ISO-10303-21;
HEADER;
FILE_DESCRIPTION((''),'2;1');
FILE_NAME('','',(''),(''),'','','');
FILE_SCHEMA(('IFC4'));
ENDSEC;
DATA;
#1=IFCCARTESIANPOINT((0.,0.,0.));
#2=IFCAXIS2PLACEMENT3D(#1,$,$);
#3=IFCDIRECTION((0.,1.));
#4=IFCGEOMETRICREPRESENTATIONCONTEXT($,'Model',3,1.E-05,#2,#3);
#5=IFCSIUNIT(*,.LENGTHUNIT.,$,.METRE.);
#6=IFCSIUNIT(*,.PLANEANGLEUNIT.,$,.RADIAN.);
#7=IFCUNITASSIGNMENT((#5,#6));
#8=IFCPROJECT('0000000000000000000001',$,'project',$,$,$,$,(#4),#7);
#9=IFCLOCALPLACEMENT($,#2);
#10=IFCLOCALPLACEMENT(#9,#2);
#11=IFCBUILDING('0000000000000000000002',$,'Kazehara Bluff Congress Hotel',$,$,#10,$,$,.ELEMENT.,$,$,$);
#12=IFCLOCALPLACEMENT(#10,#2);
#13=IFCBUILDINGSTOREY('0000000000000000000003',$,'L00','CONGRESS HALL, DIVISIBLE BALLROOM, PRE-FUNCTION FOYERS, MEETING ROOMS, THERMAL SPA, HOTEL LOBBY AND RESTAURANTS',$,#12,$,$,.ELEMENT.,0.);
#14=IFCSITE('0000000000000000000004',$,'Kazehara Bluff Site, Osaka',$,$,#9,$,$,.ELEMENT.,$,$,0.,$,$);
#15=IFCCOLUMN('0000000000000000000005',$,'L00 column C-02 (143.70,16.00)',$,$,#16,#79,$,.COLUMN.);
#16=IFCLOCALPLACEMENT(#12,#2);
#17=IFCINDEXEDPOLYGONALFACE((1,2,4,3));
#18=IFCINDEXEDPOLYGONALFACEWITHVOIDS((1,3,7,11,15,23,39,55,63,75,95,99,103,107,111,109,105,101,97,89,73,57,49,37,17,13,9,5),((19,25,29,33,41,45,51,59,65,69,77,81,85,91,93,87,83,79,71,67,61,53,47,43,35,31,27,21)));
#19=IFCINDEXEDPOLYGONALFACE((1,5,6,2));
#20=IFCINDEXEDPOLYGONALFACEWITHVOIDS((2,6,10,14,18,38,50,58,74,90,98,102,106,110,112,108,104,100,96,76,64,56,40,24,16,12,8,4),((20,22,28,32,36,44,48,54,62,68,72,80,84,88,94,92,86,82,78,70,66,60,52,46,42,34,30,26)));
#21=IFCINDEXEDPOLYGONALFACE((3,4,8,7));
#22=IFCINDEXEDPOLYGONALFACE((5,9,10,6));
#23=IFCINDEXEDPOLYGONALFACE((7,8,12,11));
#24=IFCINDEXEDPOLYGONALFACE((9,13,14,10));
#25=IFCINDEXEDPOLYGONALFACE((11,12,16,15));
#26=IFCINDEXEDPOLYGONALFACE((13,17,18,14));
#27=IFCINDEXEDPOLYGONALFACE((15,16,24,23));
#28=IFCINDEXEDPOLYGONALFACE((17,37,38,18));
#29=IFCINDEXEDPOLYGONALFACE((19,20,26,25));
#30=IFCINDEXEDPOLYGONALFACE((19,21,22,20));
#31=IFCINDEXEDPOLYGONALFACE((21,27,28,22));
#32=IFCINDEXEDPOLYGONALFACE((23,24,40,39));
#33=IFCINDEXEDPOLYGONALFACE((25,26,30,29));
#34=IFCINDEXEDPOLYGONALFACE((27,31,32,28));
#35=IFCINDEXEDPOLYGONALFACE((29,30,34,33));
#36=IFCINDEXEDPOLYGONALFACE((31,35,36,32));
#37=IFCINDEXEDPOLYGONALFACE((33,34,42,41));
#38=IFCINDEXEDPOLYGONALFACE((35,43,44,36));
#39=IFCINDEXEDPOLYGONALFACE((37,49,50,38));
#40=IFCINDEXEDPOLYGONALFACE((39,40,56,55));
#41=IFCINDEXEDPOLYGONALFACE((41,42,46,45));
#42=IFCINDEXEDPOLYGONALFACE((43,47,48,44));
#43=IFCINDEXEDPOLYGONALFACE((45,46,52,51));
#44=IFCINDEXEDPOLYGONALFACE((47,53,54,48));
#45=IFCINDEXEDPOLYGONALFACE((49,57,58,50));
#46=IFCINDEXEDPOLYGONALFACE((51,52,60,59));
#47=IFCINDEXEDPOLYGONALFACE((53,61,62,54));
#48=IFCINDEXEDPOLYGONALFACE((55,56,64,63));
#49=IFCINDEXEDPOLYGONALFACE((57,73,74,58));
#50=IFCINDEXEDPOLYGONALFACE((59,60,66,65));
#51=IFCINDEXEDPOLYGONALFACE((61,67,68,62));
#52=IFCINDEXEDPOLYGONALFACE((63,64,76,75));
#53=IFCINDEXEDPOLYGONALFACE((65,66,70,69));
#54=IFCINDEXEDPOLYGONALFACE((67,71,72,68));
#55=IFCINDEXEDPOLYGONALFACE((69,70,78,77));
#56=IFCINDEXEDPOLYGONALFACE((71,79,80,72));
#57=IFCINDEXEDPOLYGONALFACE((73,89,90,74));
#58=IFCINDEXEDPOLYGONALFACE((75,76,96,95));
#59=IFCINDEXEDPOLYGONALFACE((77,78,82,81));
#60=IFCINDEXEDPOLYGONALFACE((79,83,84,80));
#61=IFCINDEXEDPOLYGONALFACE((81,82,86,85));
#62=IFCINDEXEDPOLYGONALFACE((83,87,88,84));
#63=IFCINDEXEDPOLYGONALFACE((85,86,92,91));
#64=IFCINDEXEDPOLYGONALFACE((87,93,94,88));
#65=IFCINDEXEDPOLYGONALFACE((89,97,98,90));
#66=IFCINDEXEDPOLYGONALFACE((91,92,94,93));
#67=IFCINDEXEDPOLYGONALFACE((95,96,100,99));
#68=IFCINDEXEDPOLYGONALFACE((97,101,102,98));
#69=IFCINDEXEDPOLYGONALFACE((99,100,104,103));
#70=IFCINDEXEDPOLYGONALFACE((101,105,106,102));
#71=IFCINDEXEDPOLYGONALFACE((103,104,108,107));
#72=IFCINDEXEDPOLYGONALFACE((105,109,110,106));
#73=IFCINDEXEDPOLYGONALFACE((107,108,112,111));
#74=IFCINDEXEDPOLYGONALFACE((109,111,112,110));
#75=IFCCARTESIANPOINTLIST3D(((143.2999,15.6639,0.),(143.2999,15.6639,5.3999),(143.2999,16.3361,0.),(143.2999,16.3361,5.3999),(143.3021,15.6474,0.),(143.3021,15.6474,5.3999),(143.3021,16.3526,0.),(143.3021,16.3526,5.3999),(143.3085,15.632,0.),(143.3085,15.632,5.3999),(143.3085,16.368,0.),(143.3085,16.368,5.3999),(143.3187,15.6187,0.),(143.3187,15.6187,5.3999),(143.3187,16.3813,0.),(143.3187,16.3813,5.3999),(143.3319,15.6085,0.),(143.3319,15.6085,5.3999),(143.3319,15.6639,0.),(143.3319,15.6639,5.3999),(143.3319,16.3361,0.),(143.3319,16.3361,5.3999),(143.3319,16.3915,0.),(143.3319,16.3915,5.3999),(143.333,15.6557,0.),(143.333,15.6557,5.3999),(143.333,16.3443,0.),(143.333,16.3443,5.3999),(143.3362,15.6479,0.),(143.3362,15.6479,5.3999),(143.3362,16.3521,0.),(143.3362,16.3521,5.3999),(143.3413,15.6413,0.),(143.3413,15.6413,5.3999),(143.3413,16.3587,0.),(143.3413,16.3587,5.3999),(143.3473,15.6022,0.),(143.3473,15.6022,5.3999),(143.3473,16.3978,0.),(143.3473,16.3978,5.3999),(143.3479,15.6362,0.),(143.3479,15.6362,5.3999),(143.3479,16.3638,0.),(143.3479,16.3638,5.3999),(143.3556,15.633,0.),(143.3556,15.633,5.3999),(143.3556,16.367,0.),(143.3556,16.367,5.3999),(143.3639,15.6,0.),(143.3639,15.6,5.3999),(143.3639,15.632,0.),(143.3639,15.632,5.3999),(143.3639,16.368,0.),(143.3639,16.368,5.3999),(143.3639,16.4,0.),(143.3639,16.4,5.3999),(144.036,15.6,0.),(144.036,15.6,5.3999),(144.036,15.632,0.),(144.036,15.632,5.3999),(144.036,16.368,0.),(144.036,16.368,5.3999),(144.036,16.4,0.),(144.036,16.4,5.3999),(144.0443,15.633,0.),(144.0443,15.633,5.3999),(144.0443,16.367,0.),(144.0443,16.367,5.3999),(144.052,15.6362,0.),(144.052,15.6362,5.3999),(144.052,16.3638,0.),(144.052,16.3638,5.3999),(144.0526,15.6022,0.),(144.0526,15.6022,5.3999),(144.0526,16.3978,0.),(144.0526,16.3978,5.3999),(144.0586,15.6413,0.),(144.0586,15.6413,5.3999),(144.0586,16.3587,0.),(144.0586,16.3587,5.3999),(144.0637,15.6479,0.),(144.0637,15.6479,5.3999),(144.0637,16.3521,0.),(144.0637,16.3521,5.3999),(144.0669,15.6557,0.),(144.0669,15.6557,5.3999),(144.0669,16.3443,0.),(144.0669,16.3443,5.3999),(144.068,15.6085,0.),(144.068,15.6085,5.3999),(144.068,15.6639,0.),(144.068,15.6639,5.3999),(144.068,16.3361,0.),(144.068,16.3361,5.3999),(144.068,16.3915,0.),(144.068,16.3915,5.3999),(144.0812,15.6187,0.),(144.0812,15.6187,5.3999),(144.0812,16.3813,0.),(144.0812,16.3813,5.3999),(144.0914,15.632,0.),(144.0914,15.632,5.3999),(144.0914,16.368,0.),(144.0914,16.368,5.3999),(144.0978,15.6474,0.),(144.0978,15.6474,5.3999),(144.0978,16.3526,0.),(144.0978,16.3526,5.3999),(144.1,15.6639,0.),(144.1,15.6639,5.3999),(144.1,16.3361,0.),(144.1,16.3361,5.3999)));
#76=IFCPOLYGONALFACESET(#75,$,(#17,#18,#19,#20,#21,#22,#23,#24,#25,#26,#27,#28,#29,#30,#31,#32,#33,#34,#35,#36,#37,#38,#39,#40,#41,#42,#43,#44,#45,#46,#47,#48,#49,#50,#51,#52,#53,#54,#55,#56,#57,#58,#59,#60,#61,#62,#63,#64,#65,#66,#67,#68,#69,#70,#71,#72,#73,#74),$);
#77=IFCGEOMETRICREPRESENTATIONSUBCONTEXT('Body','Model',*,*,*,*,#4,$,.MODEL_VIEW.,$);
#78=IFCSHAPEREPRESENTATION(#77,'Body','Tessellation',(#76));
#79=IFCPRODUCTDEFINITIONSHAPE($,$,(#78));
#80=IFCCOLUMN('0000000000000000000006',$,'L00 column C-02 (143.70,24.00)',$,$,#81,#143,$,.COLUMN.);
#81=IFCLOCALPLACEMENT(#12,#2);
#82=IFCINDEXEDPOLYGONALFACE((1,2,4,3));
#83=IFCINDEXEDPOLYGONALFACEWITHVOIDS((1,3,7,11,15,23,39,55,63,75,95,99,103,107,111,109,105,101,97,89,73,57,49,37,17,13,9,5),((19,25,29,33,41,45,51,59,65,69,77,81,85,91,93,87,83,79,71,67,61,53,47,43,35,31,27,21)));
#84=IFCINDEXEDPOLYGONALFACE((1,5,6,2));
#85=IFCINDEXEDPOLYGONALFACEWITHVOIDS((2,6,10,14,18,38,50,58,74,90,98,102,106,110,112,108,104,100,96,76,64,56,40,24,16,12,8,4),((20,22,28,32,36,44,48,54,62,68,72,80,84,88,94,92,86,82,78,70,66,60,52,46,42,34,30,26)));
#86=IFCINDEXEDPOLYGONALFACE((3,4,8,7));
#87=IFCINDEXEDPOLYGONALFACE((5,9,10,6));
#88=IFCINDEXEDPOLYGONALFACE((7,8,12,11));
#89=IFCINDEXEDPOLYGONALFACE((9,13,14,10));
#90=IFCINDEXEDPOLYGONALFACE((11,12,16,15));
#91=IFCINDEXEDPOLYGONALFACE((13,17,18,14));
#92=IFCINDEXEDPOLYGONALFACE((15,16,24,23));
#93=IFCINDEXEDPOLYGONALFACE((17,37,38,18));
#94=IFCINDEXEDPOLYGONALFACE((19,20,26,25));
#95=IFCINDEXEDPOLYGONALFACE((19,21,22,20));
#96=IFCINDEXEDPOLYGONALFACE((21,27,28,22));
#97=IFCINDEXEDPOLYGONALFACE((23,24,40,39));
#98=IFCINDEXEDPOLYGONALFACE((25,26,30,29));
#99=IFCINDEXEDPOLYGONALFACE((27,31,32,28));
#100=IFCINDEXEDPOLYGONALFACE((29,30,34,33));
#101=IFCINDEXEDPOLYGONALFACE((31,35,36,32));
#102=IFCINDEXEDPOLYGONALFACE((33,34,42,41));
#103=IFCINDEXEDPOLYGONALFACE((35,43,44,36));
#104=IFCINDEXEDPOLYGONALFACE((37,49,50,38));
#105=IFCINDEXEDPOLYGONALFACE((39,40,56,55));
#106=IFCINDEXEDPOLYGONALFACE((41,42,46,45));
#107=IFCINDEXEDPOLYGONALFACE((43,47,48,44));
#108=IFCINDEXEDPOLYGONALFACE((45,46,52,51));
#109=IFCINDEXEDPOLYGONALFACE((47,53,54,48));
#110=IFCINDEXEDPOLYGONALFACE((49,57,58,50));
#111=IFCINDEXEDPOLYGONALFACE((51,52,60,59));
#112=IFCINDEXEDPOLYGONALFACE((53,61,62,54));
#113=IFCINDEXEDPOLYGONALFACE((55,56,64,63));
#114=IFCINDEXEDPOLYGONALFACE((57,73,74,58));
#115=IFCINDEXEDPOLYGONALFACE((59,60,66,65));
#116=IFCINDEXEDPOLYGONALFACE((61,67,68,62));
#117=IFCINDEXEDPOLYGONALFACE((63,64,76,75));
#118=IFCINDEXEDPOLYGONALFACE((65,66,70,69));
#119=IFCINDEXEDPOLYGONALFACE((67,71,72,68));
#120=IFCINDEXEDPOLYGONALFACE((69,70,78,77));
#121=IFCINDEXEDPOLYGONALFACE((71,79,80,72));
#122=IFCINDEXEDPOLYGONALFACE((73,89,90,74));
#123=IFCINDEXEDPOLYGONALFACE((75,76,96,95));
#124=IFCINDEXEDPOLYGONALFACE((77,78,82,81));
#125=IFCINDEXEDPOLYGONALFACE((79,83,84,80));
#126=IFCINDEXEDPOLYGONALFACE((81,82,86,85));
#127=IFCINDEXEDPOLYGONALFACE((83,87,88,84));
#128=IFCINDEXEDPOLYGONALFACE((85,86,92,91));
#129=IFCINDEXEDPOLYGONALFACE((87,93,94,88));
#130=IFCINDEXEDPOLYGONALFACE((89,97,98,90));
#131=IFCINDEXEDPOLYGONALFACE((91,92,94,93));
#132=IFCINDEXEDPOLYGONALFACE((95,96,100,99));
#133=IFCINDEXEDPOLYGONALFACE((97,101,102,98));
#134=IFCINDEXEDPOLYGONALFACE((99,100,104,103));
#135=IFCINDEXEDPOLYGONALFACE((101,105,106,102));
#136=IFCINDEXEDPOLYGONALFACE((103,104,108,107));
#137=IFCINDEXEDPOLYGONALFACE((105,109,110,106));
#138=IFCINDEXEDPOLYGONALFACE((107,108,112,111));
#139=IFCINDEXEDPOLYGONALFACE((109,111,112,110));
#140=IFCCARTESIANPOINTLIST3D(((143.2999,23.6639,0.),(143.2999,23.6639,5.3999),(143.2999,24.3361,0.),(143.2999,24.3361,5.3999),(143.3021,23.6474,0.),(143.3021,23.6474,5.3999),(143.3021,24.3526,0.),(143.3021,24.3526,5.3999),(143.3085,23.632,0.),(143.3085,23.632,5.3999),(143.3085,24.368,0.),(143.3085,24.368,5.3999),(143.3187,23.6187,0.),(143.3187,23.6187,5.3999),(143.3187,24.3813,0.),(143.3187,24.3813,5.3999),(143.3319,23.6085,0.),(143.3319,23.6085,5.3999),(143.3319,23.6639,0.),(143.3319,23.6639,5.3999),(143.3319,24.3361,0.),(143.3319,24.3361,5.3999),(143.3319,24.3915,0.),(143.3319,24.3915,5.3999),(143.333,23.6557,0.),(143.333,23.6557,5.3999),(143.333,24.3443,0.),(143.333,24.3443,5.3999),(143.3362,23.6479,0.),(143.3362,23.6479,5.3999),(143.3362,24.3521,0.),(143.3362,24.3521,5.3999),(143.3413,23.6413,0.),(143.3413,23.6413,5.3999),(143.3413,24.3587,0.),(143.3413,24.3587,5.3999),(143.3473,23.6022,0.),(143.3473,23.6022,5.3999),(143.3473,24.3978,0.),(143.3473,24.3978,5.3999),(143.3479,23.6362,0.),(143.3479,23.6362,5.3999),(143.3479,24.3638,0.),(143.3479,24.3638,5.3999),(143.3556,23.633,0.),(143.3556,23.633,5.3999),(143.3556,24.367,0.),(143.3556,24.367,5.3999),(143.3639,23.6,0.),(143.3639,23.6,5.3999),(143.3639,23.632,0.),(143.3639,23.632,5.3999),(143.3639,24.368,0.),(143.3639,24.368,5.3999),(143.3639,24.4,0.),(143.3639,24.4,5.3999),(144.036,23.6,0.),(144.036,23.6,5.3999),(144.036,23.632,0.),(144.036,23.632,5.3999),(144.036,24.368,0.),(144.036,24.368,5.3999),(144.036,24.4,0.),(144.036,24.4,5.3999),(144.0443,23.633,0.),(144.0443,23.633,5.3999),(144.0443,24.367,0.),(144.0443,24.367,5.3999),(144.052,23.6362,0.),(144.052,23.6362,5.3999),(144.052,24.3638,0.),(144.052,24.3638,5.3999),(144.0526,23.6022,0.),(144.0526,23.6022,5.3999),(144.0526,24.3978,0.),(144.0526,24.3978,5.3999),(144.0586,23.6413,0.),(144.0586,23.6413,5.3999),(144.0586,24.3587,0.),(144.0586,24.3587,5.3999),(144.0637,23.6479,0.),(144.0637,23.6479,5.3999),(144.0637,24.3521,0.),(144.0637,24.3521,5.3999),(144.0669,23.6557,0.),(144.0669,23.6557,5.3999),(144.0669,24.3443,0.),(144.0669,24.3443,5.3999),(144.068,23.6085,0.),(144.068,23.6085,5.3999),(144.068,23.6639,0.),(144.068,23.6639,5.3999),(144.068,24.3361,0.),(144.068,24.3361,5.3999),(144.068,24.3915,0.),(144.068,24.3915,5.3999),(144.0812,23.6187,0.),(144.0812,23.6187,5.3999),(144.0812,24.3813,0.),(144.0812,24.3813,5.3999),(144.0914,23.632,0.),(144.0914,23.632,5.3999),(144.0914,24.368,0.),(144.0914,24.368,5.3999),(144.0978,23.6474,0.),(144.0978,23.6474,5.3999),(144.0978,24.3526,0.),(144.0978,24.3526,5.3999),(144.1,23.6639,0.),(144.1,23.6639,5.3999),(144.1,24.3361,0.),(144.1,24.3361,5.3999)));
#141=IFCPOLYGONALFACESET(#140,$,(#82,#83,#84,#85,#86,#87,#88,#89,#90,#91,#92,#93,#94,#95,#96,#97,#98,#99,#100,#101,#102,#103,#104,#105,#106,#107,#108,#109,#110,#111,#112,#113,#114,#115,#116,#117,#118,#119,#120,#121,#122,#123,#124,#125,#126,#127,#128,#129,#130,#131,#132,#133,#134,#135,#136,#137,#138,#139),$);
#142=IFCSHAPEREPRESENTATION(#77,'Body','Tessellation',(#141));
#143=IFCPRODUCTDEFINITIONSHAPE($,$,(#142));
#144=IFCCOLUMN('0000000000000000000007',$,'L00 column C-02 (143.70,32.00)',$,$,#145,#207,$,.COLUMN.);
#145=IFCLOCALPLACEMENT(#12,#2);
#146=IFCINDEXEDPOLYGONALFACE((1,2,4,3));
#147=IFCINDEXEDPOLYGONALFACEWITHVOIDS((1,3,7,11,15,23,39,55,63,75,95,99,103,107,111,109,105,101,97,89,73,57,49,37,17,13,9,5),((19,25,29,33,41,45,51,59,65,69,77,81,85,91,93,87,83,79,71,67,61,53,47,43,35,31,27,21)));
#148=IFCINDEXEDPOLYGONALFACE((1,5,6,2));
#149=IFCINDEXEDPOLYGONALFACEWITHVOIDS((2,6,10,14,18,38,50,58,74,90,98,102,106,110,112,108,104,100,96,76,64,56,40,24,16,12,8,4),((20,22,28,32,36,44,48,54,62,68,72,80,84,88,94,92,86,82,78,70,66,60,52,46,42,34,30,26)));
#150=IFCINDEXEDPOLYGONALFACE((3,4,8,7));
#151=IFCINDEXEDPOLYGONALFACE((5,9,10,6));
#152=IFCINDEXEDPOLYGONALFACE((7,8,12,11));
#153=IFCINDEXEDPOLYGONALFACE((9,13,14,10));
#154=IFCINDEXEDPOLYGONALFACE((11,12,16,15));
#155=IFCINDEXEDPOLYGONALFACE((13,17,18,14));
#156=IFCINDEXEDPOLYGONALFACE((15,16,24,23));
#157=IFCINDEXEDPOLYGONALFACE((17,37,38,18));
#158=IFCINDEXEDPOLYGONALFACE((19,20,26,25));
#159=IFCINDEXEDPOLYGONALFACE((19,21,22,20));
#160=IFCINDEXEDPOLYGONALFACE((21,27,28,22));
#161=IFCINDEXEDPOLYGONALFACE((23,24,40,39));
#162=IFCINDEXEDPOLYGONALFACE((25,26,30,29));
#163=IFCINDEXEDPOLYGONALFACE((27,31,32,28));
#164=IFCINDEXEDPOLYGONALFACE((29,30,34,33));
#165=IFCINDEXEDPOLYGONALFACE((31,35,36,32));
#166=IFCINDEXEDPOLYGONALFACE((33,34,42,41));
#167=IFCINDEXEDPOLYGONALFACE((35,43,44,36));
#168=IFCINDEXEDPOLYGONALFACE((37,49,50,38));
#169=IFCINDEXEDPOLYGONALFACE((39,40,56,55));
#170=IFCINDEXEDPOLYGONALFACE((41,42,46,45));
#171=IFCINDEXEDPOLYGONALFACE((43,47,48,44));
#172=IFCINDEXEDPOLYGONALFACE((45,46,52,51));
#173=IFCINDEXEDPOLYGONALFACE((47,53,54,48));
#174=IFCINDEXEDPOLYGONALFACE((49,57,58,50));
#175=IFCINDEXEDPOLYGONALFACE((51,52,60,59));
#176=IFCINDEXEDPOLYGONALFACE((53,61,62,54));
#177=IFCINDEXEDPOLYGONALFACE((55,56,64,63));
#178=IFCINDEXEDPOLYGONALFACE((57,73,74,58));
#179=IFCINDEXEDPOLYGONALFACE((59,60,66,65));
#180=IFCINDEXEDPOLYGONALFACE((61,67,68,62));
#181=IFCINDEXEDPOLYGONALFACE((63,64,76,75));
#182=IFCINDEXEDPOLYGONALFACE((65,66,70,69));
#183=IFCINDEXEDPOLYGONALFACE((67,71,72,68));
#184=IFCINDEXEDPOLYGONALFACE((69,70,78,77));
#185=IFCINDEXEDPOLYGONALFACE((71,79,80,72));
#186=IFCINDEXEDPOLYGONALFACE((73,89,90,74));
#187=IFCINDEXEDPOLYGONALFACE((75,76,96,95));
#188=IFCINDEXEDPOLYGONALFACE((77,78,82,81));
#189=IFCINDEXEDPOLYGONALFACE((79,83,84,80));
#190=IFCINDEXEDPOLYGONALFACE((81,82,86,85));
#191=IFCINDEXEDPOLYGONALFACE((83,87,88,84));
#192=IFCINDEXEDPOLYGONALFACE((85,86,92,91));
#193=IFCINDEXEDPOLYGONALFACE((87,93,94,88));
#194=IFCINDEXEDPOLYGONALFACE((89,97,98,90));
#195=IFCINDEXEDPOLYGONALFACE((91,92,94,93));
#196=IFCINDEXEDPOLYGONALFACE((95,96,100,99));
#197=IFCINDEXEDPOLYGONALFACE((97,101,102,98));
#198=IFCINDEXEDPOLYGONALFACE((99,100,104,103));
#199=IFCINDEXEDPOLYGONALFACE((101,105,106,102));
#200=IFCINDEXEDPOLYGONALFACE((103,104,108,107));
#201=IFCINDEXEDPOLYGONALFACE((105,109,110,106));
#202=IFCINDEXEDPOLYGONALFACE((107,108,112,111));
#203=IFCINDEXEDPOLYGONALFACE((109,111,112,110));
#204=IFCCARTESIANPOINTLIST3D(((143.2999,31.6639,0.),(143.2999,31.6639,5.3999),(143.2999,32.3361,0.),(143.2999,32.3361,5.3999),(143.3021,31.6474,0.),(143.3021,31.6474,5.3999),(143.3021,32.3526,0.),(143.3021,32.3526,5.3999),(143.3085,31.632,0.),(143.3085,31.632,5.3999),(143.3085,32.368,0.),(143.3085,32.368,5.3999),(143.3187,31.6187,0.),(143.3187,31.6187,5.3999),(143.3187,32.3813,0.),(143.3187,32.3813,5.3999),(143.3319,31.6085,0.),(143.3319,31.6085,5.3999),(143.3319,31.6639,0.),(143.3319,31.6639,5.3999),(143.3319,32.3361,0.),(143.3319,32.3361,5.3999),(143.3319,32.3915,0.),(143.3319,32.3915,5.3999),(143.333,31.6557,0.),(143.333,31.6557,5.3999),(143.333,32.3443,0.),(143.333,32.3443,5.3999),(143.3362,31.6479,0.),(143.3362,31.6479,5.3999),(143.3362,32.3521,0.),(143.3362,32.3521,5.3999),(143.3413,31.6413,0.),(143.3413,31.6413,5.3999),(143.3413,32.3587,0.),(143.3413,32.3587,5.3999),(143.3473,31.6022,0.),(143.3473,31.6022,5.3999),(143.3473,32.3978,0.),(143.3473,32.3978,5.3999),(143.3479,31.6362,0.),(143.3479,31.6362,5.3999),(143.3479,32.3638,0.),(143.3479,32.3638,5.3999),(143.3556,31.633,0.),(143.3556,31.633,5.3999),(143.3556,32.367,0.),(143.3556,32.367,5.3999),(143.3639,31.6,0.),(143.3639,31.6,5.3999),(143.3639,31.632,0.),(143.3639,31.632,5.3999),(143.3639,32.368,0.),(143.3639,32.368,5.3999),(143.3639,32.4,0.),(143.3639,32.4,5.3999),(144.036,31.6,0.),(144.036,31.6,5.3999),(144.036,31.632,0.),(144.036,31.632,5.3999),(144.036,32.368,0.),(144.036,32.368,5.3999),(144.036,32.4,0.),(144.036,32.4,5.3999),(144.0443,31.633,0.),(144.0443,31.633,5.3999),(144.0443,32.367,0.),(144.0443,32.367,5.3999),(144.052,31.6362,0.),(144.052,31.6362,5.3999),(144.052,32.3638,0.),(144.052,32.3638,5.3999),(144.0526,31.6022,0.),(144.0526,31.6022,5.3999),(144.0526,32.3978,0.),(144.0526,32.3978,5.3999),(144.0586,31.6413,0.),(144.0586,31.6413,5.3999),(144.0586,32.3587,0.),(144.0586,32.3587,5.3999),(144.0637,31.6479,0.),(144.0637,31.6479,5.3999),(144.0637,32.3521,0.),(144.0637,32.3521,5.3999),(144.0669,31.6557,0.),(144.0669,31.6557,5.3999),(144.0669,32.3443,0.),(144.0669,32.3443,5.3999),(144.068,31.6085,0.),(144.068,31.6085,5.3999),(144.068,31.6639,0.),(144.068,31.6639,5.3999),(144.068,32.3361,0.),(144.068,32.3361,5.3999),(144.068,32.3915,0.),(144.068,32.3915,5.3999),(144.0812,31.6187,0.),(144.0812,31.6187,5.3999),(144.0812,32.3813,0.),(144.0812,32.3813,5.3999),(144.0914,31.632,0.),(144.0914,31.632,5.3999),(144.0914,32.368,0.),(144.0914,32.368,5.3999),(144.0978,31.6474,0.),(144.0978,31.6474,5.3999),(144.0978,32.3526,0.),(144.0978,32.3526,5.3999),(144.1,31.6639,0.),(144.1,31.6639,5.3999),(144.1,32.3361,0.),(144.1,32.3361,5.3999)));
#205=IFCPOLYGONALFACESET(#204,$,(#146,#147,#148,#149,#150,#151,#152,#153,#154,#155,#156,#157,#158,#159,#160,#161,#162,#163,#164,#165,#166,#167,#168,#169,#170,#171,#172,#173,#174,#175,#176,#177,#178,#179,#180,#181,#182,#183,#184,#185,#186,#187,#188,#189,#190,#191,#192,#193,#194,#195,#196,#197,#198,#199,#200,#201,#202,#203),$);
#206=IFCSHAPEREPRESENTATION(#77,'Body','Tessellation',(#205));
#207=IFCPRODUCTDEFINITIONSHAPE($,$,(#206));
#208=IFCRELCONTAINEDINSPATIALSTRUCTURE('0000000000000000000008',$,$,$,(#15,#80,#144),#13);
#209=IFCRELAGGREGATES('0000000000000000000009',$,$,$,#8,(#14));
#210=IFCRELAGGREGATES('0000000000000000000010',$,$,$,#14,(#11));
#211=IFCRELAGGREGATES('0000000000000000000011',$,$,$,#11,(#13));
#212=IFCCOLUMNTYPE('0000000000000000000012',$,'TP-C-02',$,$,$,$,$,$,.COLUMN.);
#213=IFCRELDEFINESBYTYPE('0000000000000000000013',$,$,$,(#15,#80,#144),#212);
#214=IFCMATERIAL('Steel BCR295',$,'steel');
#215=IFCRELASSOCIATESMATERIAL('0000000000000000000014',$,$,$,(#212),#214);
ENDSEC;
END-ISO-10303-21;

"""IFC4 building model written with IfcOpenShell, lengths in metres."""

from ifc_helpers import new_model, si_unit, direction, frame, origin, origin_2d, place, context, subcontext, project, spatial, hollow_rectangle, extrude, material, material_profile, profile_set, type_object, element, save


model = new_model("IFC4")

# Units and contexts
model_context = context("Model", 3, precision=1e-05, world=origin(), true_north=direction((0.0, 1.0)))
body_context = subcontext(model_context, "Body", "Model", "MODEL_VIEW")
ifc_project = project(units=[si_unit("LENGTHUNIT", "METRE"), si_unit("PLANEANGLEUNIT", "RADIAN")], contexts=[model_context])

# Site, building, storey
site_placement = place(None, origin())
site = spatial("IfcSite", under=ifc_project, at=site_placement, Name="Kazehara Bluff Site, Osaka", CompositionType="ELEMENT", RefElevation=0.0)
building_placement = place(site_placement, origin())
building = spatial("IfcBuilding", under=site, at=building_placement, Name="Kazehara Bluff Congress Hotel", CompositionType="ELEMENT")
storey_placement = place(building_placement, origin())
storey = spatial("IfcBuildingStorey", under=building, at=storey_placement, Name="L00", Description="CONGRESS HALL, DIVISIBLE BALLROOM, PRE-FUNCTION FOYERS, MEETING ROOMS, THERMAL SPA, HOTEL LOBBY AND RESTAURANTS", CompositionType="ELEMENT", Elevation=0.0)

# Columns
ifc_material_1 = material(Name="Steel BCR295", Category="steel")
ifc_material_profile_1 = material_profile(ifc_material_1, hollow_rectangle(XDim=0.8, YDim=0.8, WallThickness=0.032, InnerFilletRadius=0.032, OuterFilletRadius=0.064, at=origin_2d()))
ifc_profile_set_1 = profile_set([ifc_material_profile_1], Name="Steel BCR295")
column_type_1 = type_object("IfcColumnType", Name="TP-C-02", PredefinedType="COLUMN", material=ifc_profile_set_1)
for number, where, z_axis, x_axis, name in (
    (1, (143.7, 16.0, 0.0), (0.0, 0.0, 1.0), (1.0, 0.0, 0.0), "L00 column C-02 (143.70,16.00)"),
    (2, (143.7, 24.0, 0.0), (0.0, 0.0, 1.0), (1.0, 0.0, 0.0), "L00 column C-02 (143.70,24.00)"),
    (3, (143.7, 32.0, 0.0), (0.0, 0.0, 1.0), (1.0, 0.0, 0.0), "L00 column C-02 (143.70,32.00)"),
):
    element("IfcColumn", number, at=place(storey_placement, frame(where, z_axis=z_axis, x_axis=x_axis)), inside=storey, type_object=column_type_1, Name=name, PredefinedType="COLUMN", context=body_context, shape_type="SweptSolid", body=[
        extrude(hollow_rectangle(XDim=0.8, YDim=0.8, WallThickness=0.032, InnerFilletRadius=0.032, OuterFilletRadius=0.064, at=origin_2d()), origin(), (0.0, 0.0, 1.0), 5.3999),
    ])

save(model, "model.ifc")
